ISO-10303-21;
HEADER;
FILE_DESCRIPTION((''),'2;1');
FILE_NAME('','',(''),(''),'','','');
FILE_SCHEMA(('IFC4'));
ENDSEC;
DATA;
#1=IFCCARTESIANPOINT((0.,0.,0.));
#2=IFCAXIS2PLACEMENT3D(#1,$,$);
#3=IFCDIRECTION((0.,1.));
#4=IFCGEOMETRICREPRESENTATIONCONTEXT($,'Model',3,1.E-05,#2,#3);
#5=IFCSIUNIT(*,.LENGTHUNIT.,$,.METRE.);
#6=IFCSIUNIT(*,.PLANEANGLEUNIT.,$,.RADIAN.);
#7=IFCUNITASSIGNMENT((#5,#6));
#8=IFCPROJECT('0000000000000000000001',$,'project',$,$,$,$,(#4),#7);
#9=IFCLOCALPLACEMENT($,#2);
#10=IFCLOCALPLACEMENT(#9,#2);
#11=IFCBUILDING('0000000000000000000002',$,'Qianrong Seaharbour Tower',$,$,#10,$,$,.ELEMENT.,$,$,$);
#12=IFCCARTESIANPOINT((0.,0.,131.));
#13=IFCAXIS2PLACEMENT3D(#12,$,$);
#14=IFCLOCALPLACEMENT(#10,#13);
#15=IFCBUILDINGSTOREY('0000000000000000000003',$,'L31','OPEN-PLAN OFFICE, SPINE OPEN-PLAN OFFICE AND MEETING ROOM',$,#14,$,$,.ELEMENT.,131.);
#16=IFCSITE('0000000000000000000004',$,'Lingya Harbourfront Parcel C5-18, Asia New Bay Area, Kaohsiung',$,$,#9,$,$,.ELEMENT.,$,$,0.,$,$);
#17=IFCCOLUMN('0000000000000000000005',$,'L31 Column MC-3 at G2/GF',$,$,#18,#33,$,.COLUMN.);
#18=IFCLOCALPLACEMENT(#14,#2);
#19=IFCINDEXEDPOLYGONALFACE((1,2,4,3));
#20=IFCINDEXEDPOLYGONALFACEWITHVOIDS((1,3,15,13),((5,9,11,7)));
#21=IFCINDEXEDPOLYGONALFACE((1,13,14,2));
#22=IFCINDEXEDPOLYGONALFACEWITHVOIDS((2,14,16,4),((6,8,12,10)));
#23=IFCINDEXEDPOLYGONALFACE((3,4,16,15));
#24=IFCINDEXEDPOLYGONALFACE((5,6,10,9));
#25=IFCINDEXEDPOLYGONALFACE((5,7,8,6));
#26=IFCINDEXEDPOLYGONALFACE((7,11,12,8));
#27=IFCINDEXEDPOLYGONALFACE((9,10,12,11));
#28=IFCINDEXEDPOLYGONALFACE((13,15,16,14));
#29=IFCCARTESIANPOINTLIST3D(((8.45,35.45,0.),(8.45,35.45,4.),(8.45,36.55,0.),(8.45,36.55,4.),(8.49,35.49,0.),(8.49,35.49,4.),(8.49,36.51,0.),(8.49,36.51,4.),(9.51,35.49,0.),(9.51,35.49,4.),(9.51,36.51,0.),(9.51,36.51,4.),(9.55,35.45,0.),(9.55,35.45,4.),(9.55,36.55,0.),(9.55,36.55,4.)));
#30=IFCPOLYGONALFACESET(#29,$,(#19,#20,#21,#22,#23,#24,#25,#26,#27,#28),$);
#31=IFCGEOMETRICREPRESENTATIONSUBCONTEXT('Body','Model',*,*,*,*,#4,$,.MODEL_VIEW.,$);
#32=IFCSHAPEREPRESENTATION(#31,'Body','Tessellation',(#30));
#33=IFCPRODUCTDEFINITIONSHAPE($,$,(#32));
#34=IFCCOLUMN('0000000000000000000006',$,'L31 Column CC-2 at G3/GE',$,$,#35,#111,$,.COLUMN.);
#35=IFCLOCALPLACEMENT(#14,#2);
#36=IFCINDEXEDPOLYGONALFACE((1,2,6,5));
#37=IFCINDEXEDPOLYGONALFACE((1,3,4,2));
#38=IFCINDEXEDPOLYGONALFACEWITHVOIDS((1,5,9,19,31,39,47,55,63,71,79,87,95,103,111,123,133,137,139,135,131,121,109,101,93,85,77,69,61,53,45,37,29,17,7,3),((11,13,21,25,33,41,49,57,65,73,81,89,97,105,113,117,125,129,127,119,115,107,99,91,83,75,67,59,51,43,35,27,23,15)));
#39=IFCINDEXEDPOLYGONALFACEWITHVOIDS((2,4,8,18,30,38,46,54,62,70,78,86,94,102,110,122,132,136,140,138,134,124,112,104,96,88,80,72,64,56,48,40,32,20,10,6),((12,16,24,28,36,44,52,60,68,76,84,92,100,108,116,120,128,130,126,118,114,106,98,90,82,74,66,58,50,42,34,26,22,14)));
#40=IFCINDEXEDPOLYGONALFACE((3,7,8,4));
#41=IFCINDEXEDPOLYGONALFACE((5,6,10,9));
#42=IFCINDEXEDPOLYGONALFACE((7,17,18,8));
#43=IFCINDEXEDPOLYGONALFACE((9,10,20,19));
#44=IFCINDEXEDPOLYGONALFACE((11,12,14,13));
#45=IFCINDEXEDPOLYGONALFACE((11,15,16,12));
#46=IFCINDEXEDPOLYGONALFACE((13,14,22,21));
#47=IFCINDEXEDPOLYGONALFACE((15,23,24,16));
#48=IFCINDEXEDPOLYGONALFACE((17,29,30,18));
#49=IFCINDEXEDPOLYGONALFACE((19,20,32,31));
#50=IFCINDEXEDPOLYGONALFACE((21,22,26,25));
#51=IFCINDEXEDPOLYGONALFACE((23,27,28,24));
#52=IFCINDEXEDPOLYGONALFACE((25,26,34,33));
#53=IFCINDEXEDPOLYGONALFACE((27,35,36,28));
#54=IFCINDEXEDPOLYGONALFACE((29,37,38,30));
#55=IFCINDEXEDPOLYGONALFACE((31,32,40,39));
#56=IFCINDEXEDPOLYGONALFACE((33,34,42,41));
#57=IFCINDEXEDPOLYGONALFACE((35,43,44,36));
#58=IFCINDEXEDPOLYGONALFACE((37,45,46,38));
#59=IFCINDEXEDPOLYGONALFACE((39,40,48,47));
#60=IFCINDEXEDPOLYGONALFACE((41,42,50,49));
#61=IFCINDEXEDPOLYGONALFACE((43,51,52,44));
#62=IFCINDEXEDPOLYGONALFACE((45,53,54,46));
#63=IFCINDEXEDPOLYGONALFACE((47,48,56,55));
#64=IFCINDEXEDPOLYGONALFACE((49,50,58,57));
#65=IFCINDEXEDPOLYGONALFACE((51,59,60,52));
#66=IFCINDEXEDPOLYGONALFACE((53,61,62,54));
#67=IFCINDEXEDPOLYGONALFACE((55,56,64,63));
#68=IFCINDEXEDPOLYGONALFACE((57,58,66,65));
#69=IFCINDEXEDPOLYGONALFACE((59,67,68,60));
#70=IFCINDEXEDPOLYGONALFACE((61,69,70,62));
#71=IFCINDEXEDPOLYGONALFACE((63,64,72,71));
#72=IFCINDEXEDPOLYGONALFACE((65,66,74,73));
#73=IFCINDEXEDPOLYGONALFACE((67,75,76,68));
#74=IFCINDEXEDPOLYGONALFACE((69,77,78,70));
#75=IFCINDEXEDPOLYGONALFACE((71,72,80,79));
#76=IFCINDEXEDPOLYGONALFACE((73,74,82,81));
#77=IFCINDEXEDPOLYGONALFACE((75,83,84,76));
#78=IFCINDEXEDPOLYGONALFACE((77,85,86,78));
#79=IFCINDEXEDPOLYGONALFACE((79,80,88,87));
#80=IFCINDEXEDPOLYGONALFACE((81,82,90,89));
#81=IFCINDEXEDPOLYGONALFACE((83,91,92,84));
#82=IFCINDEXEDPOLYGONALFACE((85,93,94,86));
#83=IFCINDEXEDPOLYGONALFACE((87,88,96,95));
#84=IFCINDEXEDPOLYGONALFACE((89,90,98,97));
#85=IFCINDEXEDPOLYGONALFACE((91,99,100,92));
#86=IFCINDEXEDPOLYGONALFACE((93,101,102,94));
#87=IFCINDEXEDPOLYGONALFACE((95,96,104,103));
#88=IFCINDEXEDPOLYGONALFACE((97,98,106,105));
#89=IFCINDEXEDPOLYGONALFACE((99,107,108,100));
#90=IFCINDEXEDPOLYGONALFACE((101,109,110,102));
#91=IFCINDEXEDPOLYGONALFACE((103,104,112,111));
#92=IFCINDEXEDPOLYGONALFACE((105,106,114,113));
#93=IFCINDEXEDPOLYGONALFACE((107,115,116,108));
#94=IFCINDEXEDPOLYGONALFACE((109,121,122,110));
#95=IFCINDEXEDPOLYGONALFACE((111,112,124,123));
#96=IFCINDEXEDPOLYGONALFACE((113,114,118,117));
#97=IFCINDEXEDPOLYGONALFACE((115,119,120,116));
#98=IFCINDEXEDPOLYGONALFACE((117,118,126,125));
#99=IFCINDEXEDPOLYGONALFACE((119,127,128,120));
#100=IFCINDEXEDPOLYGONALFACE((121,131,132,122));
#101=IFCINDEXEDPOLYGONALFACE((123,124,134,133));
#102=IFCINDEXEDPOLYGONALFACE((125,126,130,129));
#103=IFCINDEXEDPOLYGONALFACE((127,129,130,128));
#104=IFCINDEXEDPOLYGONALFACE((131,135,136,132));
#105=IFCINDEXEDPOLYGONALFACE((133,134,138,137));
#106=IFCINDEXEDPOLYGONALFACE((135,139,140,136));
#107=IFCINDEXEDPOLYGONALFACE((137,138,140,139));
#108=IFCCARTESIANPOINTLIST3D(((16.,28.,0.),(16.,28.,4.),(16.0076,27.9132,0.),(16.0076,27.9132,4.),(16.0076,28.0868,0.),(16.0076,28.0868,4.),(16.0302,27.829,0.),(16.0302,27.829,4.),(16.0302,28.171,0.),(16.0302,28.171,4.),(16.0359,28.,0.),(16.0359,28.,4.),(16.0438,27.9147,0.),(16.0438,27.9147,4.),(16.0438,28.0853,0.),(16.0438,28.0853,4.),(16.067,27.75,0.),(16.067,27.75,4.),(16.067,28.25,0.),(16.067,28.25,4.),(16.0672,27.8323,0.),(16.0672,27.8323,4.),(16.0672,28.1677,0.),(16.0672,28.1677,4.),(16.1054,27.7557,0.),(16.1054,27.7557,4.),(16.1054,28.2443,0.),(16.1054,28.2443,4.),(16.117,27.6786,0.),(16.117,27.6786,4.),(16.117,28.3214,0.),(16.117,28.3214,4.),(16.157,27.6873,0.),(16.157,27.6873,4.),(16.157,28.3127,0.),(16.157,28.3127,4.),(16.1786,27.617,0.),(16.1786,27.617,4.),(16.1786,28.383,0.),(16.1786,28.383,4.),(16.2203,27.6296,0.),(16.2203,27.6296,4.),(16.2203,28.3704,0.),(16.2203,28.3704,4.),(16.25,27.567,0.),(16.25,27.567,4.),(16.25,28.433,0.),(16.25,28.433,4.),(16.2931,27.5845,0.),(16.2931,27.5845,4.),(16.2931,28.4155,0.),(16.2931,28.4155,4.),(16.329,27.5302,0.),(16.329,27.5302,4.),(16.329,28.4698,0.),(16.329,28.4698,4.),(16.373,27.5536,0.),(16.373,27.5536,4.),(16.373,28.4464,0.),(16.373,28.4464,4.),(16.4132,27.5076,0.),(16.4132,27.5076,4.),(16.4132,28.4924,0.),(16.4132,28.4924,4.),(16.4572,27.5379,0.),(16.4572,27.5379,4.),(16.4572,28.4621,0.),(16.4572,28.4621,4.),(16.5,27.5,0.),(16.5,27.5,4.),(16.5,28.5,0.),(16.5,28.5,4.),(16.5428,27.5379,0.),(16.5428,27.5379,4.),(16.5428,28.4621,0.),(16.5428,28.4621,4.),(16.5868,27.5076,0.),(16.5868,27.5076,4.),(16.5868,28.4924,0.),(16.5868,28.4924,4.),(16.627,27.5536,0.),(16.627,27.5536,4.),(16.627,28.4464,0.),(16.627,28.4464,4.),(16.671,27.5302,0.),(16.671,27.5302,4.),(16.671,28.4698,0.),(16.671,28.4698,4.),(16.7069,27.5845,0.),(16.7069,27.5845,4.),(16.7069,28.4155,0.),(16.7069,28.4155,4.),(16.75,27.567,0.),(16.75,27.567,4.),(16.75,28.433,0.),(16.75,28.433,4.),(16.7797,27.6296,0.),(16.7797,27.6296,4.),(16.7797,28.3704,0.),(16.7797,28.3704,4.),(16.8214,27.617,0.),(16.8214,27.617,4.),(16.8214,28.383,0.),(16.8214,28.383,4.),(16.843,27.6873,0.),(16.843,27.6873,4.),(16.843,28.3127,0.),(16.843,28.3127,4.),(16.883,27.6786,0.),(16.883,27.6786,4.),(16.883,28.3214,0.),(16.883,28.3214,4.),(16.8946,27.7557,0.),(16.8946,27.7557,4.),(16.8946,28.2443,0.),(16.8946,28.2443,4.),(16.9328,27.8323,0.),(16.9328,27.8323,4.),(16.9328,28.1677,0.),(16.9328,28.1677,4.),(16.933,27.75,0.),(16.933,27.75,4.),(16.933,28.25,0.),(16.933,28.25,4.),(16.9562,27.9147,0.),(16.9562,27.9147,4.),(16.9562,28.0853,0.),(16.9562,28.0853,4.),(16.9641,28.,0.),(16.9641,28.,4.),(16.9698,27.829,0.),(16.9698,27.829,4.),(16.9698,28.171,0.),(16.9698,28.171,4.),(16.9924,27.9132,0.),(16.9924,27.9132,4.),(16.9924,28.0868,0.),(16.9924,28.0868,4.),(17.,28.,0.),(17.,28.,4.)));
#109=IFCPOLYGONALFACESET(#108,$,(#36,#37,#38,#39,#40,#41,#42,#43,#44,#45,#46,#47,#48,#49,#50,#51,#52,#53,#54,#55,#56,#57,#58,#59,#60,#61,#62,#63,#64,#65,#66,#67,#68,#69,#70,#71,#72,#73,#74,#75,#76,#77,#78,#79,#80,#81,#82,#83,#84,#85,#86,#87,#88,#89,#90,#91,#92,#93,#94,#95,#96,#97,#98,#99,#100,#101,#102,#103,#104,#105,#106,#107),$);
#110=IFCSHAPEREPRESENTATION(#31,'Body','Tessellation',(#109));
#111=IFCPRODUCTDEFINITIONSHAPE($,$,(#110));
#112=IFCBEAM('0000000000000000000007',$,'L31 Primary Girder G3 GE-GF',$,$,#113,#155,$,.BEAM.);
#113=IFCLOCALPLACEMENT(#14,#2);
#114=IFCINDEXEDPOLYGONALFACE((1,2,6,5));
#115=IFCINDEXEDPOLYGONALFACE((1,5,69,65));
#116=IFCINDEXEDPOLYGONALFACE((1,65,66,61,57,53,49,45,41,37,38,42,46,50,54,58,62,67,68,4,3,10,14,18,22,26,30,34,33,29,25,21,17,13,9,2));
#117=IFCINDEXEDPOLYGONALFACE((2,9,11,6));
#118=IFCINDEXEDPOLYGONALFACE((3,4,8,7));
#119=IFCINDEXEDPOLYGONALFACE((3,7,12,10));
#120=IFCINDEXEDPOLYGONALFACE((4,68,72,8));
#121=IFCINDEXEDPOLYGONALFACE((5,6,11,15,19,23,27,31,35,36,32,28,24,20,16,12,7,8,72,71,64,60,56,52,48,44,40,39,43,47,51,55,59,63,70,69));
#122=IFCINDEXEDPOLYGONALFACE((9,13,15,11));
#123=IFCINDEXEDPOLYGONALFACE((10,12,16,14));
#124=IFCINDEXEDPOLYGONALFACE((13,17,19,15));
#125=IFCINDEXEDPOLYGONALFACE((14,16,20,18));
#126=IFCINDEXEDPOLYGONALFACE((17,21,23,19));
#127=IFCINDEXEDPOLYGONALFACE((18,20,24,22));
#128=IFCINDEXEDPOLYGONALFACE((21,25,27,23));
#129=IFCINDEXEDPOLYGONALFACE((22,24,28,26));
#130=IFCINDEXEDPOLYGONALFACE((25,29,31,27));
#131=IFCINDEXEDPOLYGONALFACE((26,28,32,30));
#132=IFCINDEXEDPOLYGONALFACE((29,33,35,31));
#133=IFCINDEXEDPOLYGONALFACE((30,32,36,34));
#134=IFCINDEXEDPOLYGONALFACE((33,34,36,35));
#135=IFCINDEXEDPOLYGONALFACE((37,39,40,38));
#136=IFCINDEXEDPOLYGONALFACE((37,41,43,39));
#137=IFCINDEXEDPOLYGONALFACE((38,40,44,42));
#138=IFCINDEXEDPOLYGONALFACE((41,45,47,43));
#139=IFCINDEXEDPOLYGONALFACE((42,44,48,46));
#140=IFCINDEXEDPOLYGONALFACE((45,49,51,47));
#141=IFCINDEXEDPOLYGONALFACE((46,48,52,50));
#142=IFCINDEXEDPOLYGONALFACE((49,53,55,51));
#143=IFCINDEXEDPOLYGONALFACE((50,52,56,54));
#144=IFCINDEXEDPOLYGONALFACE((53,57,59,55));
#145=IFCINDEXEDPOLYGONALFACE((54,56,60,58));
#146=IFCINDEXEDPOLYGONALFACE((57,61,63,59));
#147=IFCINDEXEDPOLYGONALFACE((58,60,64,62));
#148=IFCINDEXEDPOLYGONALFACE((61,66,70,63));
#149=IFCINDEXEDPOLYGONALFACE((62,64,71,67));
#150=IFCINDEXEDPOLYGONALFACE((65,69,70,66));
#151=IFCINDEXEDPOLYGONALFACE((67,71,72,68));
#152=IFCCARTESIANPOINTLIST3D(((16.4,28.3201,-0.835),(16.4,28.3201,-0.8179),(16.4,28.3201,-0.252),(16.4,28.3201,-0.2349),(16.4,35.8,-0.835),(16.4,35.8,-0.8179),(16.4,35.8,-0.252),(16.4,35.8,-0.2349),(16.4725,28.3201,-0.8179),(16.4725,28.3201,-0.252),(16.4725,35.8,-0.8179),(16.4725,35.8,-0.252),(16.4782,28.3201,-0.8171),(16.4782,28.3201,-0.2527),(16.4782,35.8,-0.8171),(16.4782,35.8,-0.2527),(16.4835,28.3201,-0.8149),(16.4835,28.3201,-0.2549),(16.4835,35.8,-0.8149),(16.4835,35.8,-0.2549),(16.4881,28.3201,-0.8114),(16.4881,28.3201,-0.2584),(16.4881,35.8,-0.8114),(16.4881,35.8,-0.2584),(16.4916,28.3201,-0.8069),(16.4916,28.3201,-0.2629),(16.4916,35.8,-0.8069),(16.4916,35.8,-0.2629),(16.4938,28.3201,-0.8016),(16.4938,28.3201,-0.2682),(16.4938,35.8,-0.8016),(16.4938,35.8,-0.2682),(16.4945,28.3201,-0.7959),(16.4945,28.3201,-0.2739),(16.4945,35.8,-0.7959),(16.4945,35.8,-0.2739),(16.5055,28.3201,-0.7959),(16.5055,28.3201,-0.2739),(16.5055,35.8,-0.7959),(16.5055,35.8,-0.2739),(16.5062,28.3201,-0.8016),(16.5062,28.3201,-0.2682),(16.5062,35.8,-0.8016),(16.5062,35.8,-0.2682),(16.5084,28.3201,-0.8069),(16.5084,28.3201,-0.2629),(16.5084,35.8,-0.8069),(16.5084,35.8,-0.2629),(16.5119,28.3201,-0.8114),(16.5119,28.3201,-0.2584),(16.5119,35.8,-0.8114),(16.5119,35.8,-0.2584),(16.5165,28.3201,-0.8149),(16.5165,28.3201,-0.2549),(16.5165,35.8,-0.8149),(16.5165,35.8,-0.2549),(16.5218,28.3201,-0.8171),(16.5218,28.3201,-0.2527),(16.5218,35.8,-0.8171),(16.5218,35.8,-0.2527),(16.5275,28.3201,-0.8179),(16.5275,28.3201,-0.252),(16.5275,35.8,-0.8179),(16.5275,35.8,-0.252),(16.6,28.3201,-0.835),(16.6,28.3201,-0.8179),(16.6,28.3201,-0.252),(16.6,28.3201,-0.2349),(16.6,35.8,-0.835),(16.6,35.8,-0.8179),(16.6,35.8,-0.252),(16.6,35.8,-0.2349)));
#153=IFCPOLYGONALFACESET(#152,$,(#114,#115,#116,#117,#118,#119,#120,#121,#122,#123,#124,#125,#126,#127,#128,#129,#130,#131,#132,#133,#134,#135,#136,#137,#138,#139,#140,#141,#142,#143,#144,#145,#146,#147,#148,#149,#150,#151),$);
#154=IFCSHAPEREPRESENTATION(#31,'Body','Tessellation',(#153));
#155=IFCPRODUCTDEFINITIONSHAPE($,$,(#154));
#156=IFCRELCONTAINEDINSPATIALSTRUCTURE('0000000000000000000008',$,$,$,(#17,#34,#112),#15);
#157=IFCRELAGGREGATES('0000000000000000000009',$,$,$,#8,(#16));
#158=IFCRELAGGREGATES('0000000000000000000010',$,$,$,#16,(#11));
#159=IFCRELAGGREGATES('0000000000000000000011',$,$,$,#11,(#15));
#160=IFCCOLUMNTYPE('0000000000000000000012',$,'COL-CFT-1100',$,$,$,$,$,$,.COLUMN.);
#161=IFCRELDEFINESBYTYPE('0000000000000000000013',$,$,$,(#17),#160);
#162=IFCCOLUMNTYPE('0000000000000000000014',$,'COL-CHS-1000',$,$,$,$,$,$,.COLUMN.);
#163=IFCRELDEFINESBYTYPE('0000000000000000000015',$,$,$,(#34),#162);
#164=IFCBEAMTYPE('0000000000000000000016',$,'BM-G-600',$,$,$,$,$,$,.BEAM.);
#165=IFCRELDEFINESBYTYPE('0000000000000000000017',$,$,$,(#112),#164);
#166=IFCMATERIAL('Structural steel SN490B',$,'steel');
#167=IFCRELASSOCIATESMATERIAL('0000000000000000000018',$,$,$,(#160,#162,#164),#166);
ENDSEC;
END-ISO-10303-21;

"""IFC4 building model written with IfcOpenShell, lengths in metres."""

from ifc_helpers import new_model, si_unit, direction, frame, origin, origin_2d, place, context, subcontext, project, spatial, hollow_rectangle, hollow_circle, i_section, extrude, material, material_profile, profile_set, type_object, element, save


model = new_model("IFC4")

# Units and contexts
model_context = context("Model", 3, precision=1e-05, world=origin(), true_north=direction((0.0, 1.0)))
body_context = subcontext(model_context, "Body", "Model", "MODEL_VIEW")
ifc_project = project(units=[si_unit("LENGTHUNIT", "METRE"), si_unit("PLANEANGLEUNIT", "RADIAN")], contexts=[model_context])

# Site, building, storey
site_placement = place(None, origin())
site = spatial("IfcSite", under=ifc_project, at=site_placement, Name="Lingya Harbourfront Parcel C5-18, Asia New Bay Area, Kaohsiung", CompositionType="ELEMENT", RefElevation=0.0)
building_placement = place(site_placement, origin())
building = spatial("IfcBuilding", under=site, at=building_placement, Name="Qianrong Seaharbour Tower", CompositionType="ELEMENT")
storey_placement = place(building_placement, frame((0.0, 0.0, 131.0)))
storey = spatial("IfcBuildingStorey", under=building, at=storey_placement, Name="L31", Description="OPEN-PLAN OFFICE, SPINE OPEN-PLAN OFFICE AND MEETING ROOM", CompositionType="ELEMENT", Elevation=131.0)

# Columns
ifc_material_1 = material(Name="Structural steel SN490B", Category="steel")
ifc_material_profile_1 = material_profile(ifc_material_1, hollow_rectangle(XDim=1.1001, YDim=1.1001, WallThickness=0.04, at=origin_2d()), Name="BOX1100x1100x40")
ifc_profile_set_1 = profile_set([ifc_material_profile_1], Name="Structural steel SN490B")
column_type_1 = type_object("IfcColumnType", Name="COL-CFT-1100", PredefinedType="COLUMN", material=ifc_profile_set_1)
column_1_placement = place(storey_placement, frame((9.0, 36.0, 0.0), z_axis=(0.0, 0.0, 1.0), x_axis=(1.0, 0.0, 0.0)))
element("IfcColumn", 1, at=column_1_placement, inside=storey, type_object=column_type_1, Name="L31 Column MC-3 at G2/GF", PredefinedType="COLUMN", context=body_context, shape_type="SweptSolid", body=[
    extrude(hollow_rectangle(XDim=1.1001, YDim=1.1001, WallThickness=0.04, at=origin_2d()), origin(), (0.0, 0.0, 1.0), 4.0),
])
ifc_material_profile_2 = material_profile(ifc_material_1, hollow_circle(Radius=0.5, WallThickness=0.0359, at=origin_2d()), Name="CHS1000x36")
ifc_profile_set_2 = profile_set([ifc_material_profile_2], Name="Structural steel SN490B")
column_type_2 = type_object("IfcColumnType", Name="COL-CHS-1000", PredefinedType="COLUMN", material=ifc_profile_set_2)
column_2_placement = place(storey_placement, frame((16.5, 28.0, 0.0), z_axis=(0.0, 0.0, 1.0), x_axis=(1.0, 0.0, 0.0)))
element("IfcColumn", 2, at=column_2_placement, inside=storey, type_object=column_type_2, Name="L31 Column CC-2 at G3/GE", PredefinedType="COLUMN", context=body_context, shape_type="SweptSolid", body=[
    extrude(hollow_circle(Radius=0.5, WallThickness=0.0359, at=origin_2d()), origin(), (0.0, 0.0, 1.0), 4.0),
])

# Beam
ifc_material_profile_3 = material_profile(ifc_material_1, i_section(OverallWidth=0.2, OverallDepth=0.6001, WebThickness=0.011, FlangeThickness=0.0171, FilletRadius=0.022, at=origin_2d()), Name="H600x200x11x17")
ifc_profile_set_3 = profile_set([ifc_material_profile_3], Name="Structural steel SN490B")
beam_type_1 = type_object("IfcBeamType", Name="BM-G-600", PredefinedType="BEAM", material=ifc_profile_set_3)
beam_1_placement = place(storey_placement, frame((16.5, 28.3201, -0.5349), z_axis=(0.0, 1.0, 0.0), x_axis=(-1.0, 0.0, 0.0)))
element("IfcBeam", 3, at=beam_1_placement, inside=storey, type_object=beam_type_1, Name="L31 Primary Girder G3 GE-GF", PredefinedType="BEAM", context=body_context, shape_type="SweptSolid", body=[
    extrude(i_section(OverallWidth=0.2, OverallDepth=0.6001, WebThickness=0.011, FlangeThickness=0.0171, FilletRadius=0.022, at=origin_2d()), origin(), (0.0, 0.0, 1.0), 7.48),
])

save(model, "model.ifc")
